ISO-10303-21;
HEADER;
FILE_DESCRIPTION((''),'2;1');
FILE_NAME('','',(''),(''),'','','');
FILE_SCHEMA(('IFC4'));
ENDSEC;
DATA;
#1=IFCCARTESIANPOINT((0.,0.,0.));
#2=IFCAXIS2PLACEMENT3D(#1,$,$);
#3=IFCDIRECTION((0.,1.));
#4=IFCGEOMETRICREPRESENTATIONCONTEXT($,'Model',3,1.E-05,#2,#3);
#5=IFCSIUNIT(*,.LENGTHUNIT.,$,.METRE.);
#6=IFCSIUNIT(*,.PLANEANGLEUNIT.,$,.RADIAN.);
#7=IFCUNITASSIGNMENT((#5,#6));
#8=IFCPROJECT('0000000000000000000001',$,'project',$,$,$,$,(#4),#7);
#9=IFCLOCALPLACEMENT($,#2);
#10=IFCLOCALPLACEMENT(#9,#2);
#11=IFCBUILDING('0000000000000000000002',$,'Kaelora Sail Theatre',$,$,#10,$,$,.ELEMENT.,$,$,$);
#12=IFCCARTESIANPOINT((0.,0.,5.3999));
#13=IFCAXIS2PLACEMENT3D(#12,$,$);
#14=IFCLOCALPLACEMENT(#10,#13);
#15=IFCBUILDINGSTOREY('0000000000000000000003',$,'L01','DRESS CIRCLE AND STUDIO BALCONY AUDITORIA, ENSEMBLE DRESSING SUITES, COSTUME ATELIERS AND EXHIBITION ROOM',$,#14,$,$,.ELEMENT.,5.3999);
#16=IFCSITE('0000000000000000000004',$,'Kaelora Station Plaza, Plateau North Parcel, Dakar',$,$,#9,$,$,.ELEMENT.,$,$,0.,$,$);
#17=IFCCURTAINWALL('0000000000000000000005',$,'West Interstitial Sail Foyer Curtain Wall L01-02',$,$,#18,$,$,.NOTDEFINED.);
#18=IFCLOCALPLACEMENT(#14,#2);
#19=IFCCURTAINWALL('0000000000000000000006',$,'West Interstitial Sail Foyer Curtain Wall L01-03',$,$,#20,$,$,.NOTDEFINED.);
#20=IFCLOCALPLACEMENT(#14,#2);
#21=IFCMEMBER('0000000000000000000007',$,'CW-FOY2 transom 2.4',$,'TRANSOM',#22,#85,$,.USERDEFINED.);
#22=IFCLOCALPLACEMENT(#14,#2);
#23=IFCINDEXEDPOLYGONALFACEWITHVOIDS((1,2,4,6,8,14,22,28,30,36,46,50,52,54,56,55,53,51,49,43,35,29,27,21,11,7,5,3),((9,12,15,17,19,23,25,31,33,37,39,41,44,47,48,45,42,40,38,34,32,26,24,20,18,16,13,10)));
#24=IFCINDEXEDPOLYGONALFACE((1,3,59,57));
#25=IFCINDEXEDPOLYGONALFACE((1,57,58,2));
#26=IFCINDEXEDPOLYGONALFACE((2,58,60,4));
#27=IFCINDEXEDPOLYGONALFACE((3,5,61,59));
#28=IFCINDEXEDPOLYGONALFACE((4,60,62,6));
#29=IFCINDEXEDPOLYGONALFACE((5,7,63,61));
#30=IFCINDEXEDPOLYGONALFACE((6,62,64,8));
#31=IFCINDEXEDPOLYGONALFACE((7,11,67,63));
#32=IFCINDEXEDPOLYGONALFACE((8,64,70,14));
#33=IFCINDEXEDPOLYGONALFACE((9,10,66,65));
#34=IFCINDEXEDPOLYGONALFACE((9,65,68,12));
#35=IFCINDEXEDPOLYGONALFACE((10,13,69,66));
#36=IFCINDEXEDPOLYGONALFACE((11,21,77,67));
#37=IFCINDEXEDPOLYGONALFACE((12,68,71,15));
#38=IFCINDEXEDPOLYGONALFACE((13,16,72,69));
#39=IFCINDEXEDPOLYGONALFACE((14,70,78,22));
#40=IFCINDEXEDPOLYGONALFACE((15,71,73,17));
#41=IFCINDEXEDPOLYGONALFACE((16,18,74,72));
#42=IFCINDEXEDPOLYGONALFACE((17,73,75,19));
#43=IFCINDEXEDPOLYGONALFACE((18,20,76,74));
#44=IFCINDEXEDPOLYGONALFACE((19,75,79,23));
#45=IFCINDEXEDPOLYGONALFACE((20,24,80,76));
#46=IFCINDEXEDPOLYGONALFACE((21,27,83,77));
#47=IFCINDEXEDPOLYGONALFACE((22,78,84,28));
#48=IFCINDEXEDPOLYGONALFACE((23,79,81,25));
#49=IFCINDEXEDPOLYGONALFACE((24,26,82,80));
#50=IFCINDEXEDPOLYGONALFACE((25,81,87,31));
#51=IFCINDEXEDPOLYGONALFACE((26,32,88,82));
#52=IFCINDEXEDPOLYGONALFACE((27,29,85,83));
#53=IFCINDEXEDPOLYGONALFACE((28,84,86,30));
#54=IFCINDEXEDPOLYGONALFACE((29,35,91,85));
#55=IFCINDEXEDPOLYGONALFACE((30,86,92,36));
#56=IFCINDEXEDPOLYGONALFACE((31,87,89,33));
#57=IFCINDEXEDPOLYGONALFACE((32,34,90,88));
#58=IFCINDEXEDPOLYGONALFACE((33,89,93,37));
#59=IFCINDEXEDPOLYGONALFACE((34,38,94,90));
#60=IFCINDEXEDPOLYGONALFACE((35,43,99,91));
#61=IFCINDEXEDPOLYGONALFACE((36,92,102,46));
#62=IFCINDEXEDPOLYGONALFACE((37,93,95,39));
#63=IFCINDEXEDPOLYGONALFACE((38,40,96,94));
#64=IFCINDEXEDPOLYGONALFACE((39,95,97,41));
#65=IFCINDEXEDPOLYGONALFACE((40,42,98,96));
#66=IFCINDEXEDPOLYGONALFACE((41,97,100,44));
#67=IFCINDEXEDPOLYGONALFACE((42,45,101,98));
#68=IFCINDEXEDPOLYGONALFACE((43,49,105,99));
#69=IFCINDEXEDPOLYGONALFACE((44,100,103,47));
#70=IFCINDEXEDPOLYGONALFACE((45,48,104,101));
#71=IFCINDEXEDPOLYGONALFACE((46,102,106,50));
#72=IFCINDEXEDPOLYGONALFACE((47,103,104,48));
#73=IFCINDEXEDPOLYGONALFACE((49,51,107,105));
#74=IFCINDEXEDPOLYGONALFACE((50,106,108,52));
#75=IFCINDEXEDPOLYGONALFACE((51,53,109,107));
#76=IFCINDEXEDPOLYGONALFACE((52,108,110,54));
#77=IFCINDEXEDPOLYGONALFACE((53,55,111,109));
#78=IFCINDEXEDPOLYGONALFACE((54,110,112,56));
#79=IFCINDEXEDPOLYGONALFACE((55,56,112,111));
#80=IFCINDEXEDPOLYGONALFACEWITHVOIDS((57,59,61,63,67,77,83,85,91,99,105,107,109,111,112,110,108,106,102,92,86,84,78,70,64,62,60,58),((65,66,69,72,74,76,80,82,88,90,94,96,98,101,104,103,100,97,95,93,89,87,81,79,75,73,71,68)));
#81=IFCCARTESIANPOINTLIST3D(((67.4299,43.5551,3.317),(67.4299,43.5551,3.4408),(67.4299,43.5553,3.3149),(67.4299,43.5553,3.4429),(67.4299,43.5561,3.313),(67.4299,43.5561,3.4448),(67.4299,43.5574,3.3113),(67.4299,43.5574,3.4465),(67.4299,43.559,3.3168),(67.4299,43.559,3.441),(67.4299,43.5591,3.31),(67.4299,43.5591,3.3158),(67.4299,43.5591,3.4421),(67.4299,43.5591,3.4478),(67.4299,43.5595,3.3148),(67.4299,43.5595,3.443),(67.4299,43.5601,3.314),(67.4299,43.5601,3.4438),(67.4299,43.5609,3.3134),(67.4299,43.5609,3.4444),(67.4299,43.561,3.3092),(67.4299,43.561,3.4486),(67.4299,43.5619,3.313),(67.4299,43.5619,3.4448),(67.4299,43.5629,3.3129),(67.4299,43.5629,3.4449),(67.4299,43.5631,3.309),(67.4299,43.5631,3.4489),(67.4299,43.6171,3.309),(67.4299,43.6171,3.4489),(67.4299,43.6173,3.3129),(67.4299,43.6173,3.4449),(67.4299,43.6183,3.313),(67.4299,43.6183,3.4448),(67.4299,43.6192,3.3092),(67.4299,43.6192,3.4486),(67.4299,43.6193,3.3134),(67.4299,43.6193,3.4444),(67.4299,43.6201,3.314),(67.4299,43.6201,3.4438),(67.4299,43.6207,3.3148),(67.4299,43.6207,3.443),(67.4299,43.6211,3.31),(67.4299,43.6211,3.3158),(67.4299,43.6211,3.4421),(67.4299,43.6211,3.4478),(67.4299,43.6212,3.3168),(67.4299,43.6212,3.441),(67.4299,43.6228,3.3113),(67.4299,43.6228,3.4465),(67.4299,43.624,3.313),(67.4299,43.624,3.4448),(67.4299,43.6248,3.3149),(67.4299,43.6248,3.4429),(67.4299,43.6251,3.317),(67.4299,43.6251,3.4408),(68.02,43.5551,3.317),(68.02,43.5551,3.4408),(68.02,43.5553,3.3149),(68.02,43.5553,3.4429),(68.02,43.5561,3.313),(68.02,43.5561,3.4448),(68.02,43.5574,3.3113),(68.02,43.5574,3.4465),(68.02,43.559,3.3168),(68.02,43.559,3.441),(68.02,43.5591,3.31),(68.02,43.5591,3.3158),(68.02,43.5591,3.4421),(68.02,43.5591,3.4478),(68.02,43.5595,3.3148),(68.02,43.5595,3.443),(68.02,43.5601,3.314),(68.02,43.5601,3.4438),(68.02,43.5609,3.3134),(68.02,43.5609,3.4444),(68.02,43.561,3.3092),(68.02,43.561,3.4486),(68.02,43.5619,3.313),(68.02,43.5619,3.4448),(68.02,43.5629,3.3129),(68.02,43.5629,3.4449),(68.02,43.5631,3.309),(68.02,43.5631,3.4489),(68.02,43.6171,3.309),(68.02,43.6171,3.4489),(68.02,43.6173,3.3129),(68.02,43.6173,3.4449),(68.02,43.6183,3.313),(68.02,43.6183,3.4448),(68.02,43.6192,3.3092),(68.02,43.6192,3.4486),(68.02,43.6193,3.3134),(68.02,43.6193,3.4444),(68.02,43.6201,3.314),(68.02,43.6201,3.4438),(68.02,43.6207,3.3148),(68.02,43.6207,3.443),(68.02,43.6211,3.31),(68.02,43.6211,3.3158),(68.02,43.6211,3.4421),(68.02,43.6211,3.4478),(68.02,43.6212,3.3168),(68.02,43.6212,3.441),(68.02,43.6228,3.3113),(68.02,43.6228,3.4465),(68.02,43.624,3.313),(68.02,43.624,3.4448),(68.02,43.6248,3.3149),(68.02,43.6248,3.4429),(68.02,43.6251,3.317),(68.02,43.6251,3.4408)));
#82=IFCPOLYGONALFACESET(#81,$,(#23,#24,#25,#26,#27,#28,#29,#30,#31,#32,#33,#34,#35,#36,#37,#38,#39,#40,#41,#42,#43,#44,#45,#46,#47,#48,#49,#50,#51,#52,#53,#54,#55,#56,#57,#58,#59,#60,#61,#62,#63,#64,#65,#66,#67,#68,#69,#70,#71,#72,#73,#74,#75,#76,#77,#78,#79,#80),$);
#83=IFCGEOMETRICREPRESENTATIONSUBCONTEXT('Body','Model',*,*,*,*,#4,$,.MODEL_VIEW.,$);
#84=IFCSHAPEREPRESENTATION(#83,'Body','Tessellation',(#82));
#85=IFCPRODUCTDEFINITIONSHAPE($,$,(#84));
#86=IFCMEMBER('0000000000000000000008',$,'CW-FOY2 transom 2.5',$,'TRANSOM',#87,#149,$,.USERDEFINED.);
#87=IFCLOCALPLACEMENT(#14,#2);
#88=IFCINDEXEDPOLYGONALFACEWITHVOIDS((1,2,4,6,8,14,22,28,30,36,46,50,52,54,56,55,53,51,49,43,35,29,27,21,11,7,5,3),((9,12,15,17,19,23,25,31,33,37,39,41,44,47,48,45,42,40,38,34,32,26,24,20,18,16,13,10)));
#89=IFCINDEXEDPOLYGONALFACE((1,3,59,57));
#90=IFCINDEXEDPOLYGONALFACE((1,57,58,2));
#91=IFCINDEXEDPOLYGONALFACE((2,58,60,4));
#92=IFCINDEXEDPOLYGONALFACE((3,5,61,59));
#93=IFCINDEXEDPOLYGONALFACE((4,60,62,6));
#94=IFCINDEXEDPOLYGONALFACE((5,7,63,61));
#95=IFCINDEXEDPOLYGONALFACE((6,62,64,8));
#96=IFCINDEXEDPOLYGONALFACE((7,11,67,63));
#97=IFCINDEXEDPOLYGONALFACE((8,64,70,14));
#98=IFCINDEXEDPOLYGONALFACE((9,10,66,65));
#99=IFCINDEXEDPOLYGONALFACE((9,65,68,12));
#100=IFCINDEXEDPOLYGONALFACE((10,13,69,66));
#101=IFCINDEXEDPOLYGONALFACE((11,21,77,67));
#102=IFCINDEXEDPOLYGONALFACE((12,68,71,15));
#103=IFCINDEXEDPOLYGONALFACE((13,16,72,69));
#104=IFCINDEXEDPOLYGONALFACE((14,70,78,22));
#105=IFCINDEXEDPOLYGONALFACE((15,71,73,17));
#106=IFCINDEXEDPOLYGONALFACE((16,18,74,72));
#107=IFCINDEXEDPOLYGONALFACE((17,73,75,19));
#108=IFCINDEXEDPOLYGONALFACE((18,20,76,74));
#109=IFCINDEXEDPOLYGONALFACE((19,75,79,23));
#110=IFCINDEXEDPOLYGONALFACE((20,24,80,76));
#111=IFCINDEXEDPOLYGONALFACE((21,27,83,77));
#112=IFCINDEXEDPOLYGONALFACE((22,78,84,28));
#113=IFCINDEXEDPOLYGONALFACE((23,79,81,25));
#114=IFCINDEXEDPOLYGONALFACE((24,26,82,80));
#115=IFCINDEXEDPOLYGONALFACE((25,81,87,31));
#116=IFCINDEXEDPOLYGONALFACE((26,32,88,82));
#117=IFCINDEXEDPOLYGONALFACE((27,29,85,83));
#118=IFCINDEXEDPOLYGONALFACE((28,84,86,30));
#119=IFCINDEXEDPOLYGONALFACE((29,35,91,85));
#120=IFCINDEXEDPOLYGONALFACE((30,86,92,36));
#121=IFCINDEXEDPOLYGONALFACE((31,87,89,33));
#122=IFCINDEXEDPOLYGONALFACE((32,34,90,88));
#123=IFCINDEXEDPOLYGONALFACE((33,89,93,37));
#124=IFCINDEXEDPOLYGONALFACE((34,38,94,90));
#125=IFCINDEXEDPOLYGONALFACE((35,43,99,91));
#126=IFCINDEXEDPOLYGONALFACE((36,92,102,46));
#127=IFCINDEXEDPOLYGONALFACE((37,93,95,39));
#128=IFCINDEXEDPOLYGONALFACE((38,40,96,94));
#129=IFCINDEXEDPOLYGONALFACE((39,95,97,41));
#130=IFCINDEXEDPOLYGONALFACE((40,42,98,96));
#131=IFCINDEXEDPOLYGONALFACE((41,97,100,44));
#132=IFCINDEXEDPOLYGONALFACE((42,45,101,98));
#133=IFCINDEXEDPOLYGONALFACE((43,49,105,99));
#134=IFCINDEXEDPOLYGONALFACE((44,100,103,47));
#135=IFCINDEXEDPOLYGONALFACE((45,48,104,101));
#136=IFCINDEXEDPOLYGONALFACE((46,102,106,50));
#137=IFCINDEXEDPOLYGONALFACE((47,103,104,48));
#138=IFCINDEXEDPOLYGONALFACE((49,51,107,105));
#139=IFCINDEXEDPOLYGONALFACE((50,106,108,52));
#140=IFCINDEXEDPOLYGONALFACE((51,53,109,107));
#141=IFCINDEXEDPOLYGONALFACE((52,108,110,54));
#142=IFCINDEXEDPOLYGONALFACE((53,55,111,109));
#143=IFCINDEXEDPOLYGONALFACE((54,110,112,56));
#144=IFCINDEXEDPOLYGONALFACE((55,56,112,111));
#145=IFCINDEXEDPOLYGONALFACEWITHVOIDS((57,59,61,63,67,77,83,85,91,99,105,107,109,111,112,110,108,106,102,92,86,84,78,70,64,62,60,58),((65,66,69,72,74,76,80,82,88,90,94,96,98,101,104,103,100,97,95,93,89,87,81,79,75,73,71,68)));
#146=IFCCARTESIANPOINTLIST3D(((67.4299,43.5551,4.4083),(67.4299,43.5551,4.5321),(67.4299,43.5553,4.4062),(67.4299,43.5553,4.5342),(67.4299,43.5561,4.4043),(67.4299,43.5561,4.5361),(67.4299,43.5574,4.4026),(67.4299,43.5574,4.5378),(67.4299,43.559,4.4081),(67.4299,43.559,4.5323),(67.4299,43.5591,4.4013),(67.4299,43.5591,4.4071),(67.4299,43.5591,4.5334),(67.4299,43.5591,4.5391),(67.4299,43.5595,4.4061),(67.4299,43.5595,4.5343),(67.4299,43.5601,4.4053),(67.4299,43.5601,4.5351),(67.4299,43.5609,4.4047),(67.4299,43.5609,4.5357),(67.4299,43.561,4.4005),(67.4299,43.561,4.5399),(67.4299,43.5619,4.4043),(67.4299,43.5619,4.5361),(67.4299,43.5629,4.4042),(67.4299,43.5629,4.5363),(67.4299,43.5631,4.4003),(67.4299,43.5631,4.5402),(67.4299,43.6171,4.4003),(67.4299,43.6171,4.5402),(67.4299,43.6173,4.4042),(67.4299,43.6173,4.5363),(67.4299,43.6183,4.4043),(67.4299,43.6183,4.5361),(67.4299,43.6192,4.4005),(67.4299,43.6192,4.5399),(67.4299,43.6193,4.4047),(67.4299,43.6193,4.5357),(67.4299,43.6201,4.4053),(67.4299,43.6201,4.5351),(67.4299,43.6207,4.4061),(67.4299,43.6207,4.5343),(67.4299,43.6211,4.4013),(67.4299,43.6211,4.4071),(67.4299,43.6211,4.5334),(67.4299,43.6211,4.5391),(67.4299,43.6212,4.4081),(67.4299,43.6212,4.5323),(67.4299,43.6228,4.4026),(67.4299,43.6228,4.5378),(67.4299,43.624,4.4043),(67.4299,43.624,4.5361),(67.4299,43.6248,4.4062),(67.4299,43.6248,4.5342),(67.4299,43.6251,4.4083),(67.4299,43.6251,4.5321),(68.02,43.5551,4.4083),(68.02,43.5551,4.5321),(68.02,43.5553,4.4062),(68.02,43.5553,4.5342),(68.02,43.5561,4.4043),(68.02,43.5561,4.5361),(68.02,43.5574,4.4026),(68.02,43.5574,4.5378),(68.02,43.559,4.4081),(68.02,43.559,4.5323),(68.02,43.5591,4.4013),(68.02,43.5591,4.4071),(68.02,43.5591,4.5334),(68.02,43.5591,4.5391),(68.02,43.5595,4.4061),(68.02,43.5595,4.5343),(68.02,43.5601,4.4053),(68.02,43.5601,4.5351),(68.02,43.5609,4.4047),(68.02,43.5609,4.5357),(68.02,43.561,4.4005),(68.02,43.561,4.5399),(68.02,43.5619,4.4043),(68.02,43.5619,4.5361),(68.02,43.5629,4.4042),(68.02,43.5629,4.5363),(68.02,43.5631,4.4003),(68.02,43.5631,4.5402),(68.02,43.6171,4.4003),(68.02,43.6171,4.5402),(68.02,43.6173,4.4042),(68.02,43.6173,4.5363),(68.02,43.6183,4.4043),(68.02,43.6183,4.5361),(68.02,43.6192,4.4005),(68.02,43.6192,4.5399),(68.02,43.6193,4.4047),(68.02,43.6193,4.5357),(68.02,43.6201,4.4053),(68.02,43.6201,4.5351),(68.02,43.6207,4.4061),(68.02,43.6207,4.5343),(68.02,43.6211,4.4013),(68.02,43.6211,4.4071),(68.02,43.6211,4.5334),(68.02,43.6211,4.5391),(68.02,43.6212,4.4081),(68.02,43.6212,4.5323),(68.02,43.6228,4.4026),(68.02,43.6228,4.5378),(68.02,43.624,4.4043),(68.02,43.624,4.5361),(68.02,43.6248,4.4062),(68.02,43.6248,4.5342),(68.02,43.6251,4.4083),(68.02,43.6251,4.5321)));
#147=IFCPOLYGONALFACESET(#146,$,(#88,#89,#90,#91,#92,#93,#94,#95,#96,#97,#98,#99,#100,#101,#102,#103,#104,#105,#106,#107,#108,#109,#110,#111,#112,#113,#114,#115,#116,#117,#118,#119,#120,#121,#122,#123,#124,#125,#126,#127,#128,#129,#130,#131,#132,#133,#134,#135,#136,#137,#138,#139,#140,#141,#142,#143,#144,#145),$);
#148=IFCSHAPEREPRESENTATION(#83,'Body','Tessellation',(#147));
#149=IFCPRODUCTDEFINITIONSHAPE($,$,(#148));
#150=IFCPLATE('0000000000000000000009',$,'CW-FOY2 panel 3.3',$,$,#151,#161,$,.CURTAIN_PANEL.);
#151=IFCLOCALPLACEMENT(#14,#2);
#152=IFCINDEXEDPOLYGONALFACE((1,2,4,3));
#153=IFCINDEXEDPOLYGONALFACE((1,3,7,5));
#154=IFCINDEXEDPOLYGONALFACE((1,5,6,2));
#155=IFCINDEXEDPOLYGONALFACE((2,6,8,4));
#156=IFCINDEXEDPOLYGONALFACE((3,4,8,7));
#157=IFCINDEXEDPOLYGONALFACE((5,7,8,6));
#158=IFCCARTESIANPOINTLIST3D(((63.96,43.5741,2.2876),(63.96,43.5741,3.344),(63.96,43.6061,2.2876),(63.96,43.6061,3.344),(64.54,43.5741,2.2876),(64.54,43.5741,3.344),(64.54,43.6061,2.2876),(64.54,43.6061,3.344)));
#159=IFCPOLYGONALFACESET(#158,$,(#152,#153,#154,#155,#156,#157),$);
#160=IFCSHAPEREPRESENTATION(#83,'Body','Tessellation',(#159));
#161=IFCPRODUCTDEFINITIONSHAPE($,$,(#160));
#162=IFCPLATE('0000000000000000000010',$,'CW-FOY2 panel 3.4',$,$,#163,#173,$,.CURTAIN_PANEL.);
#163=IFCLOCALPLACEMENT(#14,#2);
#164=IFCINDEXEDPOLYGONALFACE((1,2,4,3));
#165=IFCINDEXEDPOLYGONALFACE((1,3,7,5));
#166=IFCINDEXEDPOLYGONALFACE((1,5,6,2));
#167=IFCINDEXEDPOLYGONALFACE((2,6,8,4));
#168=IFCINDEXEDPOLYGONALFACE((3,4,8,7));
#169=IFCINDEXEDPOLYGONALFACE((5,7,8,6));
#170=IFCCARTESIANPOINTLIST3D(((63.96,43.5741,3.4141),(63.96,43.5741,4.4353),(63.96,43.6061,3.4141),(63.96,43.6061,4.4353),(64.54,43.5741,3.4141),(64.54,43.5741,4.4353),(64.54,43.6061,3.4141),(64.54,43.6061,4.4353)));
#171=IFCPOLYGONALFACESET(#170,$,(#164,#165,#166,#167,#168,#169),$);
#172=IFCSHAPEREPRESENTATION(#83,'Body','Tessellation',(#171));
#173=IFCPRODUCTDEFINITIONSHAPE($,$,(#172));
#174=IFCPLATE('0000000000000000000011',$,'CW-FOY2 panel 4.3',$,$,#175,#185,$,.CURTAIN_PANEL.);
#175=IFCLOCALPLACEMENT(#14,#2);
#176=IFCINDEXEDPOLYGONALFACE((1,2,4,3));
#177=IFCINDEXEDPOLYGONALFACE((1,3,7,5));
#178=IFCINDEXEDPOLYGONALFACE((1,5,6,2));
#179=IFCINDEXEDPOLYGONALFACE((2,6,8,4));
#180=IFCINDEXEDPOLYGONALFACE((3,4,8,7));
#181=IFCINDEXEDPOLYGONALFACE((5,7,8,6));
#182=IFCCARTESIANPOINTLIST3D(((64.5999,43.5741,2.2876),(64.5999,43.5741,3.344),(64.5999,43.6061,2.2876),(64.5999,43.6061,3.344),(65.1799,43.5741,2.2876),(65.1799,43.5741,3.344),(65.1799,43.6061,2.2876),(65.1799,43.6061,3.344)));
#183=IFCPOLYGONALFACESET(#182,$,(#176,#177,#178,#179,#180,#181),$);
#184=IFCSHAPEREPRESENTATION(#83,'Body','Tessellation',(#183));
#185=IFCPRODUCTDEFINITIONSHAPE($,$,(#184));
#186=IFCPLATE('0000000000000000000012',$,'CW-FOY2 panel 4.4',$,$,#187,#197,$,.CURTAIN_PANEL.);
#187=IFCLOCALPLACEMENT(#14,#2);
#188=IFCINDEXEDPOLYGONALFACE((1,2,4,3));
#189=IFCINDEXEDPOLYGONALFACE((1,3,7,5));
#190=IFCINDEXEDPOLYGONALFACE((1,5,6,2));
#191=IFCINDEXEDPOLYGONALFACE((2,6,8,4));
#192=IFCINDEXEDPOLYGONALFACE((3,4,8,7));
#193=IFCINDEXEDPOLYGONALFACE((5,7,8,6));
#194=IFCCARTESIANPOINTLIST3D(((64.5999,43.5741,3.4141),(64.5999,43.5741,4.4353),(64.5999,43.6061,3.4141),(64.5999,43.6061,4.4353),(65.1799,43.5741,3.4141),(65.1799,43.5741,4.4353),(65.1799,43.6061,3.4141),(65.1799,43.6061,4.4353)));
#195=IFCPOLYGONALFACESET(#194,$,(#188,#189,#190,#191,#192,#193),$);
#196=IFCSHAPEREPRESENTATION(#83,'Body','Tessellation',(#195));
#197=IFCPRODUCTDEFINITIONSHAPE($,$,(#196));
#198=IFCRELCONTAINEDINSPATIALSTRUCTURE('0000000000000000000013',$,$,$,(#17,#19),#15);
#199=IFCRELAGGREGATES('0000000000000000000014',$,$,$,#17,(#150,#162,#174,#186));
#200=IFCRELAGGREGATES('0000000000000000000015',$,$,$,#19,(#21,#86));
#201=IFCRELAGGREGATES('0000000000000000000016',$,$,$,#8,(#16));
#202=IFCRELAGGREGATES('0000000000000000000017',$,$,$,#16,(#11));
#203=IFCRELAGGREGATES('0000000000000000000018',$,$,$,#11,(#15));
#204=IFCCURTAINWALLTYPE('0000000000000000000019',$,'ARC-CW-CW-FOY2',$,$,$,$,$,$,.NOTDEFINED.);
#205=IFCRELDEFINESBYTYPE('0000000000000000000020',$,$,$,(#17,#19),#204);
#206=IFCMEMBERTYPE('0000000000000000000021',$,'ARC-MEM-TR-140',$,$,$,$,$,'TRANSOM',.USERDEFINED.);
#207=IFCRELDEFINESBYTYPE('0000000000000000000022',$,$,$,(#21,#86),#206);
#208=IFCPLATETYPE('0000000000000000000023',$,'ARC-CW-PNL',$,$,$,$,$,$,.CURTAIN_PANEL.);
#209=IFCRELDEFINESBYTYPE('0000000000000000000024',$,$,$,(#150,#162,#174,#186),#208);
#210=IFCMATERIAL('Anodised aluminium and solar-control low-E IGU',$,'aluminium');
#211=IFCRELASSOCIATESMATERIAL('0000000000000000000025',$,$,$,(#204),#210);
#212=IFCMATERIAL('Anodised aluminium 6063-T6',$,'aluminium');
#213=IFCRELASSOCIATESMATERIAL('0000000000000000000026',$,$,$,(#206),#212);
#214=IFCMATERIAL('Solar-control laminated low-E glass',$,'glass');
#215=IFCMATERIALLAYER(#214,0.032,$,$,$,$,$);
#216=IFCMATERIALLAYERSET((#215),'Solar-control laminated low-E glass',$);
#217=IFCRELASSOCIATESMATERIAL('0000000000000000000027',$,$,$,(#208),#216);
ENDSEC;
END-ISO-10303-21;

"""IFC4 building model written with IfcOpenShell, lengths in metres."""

from ifc_helpers import new_model, si_unit, direction, frame, origin, origin_2d, place, context, subcontext, project, spatial, rectangle, hollow_rectangle, extrude, material, layer, layer_set, material_profile, profile_set, type_object, element, aggregate, save


model = new_model("IFC4")

# Units and contexts
model_context = context("Model", 3, precision=1e-05, world=origin(), true_north=direction((0.0, 1.0)))
body_context = subcontext(model_context, "Body", "Model", "MODEL_VIEW")
ifc_project = project(units=[si_unit("LENGTHUNIT", "METRE"), si_unit("PLANEANGLEUNIT", "RADIAN")], contexts=[model_context])

# Site, building, storey
site_placement = place(None, origin())
site = spatial("IfcSite", under=ifc_project, at=site_placement, Name="Kaelora Station Plaza, Plateau North Parcel, Dakar", CompositionType="ELEMENT", RefElevation=0.0)
building_placement = place(site_placement, origin())
building = spatial("IfcBuilding", under=site, at=building_placement, Name="Kaelora Sail Theatre", CompositionType="ELEMENT")
storey_placement = place(building_placement, frame((0.0, 0.0, 5.3999)))
storey = spatial("IfcBuildingStorey", under=building, at=storey_placement, Name="L01", Description="DRESS CIRCLE AND STUDIO BALCONY AUDITORIA, ENSEMBLE DRESSING SUITES, COSTUME ATELIERS AND EXHIBITION ROOM", CompositionType="ELEMENT", Elevation=5.3999)

# Curtain walls, members
ifc_material_1 = material(Name="Anodised aluminium and solar-control low-E IGU", Category="aluminium")
curtain_wall_type = type_object("IfcCurtainWallType", Name="ARC-CW-CW-FOY2", PredefinedType="NOTDEFINED", material=ifc_material_1)
curtain_wall_1_placement = place(storey_placement, origin())
curtain_wall_1 = element("IfcCurtainWall", 1, at=curtain_wall_1_placement, inside=storey, type_object=curtain_wall_type, Name="West Interstitial Sail Foyer Curtain Wall L01-02", PredefinedType="NOTDEFINED")
ifc_material_2 = material(Name="Anodised aluminium 6063-T6", Category="aluminium")
ifc_material_profile = material_profile(ifc_material_2, hollow_rectangle(XDim=0.0701, YDim=0.1399, WallThickness=0.0039, InnerFilletRadius=0.0039, OuterFilletRadius=0.0081, at=origin_2d()), Name="ALU-TRAN 70x140x4")
ifc_profile_set = profile_set([ifc_material_profile], Name="Anodised aluminium 6063-T6")
member_type = type_object("IfcMemberType", Name="ARC-MEM-TR-140", ElementType="TRANSOM", PredefinedType="USERDEFINED", material=ifc_profile_set)
curtain_wall_2_placement = place(storey_placement, origin())
curtain_wall_2 = element("IfcCurtainWall", 2, at=curtain_wall_2_placement, inside=storey, type_object=curtain_wall_type, Name="West Interstitial Sail Foyer Curtain Wall L01-03", PredefinedType="NOTDEFINED")
member_1_placement = place(storey_placement, frame((67.4299, 43.5901, 3.3789), z_axis=(1.0, 0.0, 0.0), x_axis=(0.0, 1.0, 0.0)))
member_1 = element("IfcMember", 3, at=member_1_placement, type_object=member_type, Name="CW-FOY2 transom 2.4", ObjectType="TRANSOM", PredefinedType="USERDEFINED", context=body_context, shape_type="SweptSolid", body=[
    extrude(hollow_rectangle(XDim=0.0701, YDim=0.1399, WallThickness=0.0039, InnerFilletRadius=0.0039, OuterFilletRadius=0.0081, at=origin_2d()), origin(), (0.0, 0.0, 1.0), 0.5901),
])
member_2_placement = place(storey_placement, frame((67.4299, 43.5901, 4.4702), z_axis=(1.0, 0.0, 0.0), x_axis=(0.0, 1.0, 0.0)))
member_2 = element("IfcMember", 4, at=member_2_placement, type_object=member_type, Name="CW-FOY2 transom 2.5", ObjectType="TRANSOM", PredefinedType="USERDEFINED", context=body_context, shape_type="SweptSolid", body=[
    extrude(hollow_rectangle(XDim=0.0701, YDim=0.1399, WallThickness=0.0039, InnerFilletRadius=0.0039, OuterFilletRadius=0.0081, at=origin_2d()), origin(), (0.0, 0.0, 1.0), 0.5901),
])

# Plates
ifc_material_3 = material(Name="Solar-control laminated low-E glass", Category="glass")
ifc_layer = layer(ifc_material_3, 0.032)
ifc_layer_set = layer_set([ifc_layer], Name="Solar-control laminated low-E glass")
plate_type = type_object("IfcPlateType", Name="ARC-CW-PNL", PredefinedType="CURTAIN_PANEL", material=ifc_layer_set)
plate_1_placement = place(storey_placement, frame((64.25, 43.5901, 2.2876), z_axis=(0.0, 0.0, 1.0), x_axis=(1.0, 0.0, 0.0)))
plate_1 = element("IfcPlate", 5, at=plate_1_placement, type_object=plate_type, Name="CW-FOY2 panel 3.3", PredefinedType="CURTAIN_PANEL", context=body_context, shape_type="SweptSolid", body=[
    extrude(rectangle(XDim=0.5801, YDim=0.032, at=origin_2d()), origin(), (0.0, 0.0, 1.0), 1.0564),
])
plate_2_placement = place(storey_placement, frame((64.25, 43.5901, 3.4141), z_axis=(0.0, 0.0, 1.0), x_axis=(1.0, 0.0, 0.0)))
plate_2 = element("IfcPlate", 6, at=plate_2_placement, type_object=plate_type, Name="CW-FOY2 panel 3.4", PredefinedType="CURTAIN_PANEL", context=body_context, shape_type="SweptSolid", body=[
    extrude(rectangle(XDim=0.5801, YDim=0.032, at=origin_2d()), origin(), (0.0, 0.0, 1.0), 1.0212),
])
plate_3_placement = place(storey_placement, frame((64.8899, 43.5901, 2.2876), z_axis=(0.0, 0.0, 1.0), x_axis=(1.0, 0.0, 0.0)))
plate_3 = element("IfcPlate", 7, at=plate_3_placement, type_object=plate_type, Name="CW-FOY2 panel 4.3", PredefinedType="CURTAIN_PANEL", context=body_context, shape_type="SweptSolid", body=[
    extrude(rectangle(XDim=0.5801, YDim=0.032, at=origin_2d()), origin(), (0.0, 0.0, 1.0), 1.0564),
])
plate_4_placement = place(storey_placement, frame((64.8899, 43.5901, 3.4141), z_axis=(0.0, 0.0, 1.0), x_axis=(1.0, 0.0, 0.0)))
plate_4 = element("IfcPlate", 8, at=plate_4_placement, type_object=plate_type, Name="CW-FOY2 panel 4.4", PredefinedType="CURTAIN_PANEL", context=body_context, shape_type="SweptSolid", body=[
    extrude(rectangle(XDim=0.5801, YDim=0.032, at=origin_2d()), origin(), (0.0, 0.0, 1.0), 1.0212),
])
aggregate(curtain_wall_1, [plate_1, plate_2, plate_3, plate_4])
aggregate(curtain_wall_2, [member_1, member_2])

save(model, "model.ifc")
